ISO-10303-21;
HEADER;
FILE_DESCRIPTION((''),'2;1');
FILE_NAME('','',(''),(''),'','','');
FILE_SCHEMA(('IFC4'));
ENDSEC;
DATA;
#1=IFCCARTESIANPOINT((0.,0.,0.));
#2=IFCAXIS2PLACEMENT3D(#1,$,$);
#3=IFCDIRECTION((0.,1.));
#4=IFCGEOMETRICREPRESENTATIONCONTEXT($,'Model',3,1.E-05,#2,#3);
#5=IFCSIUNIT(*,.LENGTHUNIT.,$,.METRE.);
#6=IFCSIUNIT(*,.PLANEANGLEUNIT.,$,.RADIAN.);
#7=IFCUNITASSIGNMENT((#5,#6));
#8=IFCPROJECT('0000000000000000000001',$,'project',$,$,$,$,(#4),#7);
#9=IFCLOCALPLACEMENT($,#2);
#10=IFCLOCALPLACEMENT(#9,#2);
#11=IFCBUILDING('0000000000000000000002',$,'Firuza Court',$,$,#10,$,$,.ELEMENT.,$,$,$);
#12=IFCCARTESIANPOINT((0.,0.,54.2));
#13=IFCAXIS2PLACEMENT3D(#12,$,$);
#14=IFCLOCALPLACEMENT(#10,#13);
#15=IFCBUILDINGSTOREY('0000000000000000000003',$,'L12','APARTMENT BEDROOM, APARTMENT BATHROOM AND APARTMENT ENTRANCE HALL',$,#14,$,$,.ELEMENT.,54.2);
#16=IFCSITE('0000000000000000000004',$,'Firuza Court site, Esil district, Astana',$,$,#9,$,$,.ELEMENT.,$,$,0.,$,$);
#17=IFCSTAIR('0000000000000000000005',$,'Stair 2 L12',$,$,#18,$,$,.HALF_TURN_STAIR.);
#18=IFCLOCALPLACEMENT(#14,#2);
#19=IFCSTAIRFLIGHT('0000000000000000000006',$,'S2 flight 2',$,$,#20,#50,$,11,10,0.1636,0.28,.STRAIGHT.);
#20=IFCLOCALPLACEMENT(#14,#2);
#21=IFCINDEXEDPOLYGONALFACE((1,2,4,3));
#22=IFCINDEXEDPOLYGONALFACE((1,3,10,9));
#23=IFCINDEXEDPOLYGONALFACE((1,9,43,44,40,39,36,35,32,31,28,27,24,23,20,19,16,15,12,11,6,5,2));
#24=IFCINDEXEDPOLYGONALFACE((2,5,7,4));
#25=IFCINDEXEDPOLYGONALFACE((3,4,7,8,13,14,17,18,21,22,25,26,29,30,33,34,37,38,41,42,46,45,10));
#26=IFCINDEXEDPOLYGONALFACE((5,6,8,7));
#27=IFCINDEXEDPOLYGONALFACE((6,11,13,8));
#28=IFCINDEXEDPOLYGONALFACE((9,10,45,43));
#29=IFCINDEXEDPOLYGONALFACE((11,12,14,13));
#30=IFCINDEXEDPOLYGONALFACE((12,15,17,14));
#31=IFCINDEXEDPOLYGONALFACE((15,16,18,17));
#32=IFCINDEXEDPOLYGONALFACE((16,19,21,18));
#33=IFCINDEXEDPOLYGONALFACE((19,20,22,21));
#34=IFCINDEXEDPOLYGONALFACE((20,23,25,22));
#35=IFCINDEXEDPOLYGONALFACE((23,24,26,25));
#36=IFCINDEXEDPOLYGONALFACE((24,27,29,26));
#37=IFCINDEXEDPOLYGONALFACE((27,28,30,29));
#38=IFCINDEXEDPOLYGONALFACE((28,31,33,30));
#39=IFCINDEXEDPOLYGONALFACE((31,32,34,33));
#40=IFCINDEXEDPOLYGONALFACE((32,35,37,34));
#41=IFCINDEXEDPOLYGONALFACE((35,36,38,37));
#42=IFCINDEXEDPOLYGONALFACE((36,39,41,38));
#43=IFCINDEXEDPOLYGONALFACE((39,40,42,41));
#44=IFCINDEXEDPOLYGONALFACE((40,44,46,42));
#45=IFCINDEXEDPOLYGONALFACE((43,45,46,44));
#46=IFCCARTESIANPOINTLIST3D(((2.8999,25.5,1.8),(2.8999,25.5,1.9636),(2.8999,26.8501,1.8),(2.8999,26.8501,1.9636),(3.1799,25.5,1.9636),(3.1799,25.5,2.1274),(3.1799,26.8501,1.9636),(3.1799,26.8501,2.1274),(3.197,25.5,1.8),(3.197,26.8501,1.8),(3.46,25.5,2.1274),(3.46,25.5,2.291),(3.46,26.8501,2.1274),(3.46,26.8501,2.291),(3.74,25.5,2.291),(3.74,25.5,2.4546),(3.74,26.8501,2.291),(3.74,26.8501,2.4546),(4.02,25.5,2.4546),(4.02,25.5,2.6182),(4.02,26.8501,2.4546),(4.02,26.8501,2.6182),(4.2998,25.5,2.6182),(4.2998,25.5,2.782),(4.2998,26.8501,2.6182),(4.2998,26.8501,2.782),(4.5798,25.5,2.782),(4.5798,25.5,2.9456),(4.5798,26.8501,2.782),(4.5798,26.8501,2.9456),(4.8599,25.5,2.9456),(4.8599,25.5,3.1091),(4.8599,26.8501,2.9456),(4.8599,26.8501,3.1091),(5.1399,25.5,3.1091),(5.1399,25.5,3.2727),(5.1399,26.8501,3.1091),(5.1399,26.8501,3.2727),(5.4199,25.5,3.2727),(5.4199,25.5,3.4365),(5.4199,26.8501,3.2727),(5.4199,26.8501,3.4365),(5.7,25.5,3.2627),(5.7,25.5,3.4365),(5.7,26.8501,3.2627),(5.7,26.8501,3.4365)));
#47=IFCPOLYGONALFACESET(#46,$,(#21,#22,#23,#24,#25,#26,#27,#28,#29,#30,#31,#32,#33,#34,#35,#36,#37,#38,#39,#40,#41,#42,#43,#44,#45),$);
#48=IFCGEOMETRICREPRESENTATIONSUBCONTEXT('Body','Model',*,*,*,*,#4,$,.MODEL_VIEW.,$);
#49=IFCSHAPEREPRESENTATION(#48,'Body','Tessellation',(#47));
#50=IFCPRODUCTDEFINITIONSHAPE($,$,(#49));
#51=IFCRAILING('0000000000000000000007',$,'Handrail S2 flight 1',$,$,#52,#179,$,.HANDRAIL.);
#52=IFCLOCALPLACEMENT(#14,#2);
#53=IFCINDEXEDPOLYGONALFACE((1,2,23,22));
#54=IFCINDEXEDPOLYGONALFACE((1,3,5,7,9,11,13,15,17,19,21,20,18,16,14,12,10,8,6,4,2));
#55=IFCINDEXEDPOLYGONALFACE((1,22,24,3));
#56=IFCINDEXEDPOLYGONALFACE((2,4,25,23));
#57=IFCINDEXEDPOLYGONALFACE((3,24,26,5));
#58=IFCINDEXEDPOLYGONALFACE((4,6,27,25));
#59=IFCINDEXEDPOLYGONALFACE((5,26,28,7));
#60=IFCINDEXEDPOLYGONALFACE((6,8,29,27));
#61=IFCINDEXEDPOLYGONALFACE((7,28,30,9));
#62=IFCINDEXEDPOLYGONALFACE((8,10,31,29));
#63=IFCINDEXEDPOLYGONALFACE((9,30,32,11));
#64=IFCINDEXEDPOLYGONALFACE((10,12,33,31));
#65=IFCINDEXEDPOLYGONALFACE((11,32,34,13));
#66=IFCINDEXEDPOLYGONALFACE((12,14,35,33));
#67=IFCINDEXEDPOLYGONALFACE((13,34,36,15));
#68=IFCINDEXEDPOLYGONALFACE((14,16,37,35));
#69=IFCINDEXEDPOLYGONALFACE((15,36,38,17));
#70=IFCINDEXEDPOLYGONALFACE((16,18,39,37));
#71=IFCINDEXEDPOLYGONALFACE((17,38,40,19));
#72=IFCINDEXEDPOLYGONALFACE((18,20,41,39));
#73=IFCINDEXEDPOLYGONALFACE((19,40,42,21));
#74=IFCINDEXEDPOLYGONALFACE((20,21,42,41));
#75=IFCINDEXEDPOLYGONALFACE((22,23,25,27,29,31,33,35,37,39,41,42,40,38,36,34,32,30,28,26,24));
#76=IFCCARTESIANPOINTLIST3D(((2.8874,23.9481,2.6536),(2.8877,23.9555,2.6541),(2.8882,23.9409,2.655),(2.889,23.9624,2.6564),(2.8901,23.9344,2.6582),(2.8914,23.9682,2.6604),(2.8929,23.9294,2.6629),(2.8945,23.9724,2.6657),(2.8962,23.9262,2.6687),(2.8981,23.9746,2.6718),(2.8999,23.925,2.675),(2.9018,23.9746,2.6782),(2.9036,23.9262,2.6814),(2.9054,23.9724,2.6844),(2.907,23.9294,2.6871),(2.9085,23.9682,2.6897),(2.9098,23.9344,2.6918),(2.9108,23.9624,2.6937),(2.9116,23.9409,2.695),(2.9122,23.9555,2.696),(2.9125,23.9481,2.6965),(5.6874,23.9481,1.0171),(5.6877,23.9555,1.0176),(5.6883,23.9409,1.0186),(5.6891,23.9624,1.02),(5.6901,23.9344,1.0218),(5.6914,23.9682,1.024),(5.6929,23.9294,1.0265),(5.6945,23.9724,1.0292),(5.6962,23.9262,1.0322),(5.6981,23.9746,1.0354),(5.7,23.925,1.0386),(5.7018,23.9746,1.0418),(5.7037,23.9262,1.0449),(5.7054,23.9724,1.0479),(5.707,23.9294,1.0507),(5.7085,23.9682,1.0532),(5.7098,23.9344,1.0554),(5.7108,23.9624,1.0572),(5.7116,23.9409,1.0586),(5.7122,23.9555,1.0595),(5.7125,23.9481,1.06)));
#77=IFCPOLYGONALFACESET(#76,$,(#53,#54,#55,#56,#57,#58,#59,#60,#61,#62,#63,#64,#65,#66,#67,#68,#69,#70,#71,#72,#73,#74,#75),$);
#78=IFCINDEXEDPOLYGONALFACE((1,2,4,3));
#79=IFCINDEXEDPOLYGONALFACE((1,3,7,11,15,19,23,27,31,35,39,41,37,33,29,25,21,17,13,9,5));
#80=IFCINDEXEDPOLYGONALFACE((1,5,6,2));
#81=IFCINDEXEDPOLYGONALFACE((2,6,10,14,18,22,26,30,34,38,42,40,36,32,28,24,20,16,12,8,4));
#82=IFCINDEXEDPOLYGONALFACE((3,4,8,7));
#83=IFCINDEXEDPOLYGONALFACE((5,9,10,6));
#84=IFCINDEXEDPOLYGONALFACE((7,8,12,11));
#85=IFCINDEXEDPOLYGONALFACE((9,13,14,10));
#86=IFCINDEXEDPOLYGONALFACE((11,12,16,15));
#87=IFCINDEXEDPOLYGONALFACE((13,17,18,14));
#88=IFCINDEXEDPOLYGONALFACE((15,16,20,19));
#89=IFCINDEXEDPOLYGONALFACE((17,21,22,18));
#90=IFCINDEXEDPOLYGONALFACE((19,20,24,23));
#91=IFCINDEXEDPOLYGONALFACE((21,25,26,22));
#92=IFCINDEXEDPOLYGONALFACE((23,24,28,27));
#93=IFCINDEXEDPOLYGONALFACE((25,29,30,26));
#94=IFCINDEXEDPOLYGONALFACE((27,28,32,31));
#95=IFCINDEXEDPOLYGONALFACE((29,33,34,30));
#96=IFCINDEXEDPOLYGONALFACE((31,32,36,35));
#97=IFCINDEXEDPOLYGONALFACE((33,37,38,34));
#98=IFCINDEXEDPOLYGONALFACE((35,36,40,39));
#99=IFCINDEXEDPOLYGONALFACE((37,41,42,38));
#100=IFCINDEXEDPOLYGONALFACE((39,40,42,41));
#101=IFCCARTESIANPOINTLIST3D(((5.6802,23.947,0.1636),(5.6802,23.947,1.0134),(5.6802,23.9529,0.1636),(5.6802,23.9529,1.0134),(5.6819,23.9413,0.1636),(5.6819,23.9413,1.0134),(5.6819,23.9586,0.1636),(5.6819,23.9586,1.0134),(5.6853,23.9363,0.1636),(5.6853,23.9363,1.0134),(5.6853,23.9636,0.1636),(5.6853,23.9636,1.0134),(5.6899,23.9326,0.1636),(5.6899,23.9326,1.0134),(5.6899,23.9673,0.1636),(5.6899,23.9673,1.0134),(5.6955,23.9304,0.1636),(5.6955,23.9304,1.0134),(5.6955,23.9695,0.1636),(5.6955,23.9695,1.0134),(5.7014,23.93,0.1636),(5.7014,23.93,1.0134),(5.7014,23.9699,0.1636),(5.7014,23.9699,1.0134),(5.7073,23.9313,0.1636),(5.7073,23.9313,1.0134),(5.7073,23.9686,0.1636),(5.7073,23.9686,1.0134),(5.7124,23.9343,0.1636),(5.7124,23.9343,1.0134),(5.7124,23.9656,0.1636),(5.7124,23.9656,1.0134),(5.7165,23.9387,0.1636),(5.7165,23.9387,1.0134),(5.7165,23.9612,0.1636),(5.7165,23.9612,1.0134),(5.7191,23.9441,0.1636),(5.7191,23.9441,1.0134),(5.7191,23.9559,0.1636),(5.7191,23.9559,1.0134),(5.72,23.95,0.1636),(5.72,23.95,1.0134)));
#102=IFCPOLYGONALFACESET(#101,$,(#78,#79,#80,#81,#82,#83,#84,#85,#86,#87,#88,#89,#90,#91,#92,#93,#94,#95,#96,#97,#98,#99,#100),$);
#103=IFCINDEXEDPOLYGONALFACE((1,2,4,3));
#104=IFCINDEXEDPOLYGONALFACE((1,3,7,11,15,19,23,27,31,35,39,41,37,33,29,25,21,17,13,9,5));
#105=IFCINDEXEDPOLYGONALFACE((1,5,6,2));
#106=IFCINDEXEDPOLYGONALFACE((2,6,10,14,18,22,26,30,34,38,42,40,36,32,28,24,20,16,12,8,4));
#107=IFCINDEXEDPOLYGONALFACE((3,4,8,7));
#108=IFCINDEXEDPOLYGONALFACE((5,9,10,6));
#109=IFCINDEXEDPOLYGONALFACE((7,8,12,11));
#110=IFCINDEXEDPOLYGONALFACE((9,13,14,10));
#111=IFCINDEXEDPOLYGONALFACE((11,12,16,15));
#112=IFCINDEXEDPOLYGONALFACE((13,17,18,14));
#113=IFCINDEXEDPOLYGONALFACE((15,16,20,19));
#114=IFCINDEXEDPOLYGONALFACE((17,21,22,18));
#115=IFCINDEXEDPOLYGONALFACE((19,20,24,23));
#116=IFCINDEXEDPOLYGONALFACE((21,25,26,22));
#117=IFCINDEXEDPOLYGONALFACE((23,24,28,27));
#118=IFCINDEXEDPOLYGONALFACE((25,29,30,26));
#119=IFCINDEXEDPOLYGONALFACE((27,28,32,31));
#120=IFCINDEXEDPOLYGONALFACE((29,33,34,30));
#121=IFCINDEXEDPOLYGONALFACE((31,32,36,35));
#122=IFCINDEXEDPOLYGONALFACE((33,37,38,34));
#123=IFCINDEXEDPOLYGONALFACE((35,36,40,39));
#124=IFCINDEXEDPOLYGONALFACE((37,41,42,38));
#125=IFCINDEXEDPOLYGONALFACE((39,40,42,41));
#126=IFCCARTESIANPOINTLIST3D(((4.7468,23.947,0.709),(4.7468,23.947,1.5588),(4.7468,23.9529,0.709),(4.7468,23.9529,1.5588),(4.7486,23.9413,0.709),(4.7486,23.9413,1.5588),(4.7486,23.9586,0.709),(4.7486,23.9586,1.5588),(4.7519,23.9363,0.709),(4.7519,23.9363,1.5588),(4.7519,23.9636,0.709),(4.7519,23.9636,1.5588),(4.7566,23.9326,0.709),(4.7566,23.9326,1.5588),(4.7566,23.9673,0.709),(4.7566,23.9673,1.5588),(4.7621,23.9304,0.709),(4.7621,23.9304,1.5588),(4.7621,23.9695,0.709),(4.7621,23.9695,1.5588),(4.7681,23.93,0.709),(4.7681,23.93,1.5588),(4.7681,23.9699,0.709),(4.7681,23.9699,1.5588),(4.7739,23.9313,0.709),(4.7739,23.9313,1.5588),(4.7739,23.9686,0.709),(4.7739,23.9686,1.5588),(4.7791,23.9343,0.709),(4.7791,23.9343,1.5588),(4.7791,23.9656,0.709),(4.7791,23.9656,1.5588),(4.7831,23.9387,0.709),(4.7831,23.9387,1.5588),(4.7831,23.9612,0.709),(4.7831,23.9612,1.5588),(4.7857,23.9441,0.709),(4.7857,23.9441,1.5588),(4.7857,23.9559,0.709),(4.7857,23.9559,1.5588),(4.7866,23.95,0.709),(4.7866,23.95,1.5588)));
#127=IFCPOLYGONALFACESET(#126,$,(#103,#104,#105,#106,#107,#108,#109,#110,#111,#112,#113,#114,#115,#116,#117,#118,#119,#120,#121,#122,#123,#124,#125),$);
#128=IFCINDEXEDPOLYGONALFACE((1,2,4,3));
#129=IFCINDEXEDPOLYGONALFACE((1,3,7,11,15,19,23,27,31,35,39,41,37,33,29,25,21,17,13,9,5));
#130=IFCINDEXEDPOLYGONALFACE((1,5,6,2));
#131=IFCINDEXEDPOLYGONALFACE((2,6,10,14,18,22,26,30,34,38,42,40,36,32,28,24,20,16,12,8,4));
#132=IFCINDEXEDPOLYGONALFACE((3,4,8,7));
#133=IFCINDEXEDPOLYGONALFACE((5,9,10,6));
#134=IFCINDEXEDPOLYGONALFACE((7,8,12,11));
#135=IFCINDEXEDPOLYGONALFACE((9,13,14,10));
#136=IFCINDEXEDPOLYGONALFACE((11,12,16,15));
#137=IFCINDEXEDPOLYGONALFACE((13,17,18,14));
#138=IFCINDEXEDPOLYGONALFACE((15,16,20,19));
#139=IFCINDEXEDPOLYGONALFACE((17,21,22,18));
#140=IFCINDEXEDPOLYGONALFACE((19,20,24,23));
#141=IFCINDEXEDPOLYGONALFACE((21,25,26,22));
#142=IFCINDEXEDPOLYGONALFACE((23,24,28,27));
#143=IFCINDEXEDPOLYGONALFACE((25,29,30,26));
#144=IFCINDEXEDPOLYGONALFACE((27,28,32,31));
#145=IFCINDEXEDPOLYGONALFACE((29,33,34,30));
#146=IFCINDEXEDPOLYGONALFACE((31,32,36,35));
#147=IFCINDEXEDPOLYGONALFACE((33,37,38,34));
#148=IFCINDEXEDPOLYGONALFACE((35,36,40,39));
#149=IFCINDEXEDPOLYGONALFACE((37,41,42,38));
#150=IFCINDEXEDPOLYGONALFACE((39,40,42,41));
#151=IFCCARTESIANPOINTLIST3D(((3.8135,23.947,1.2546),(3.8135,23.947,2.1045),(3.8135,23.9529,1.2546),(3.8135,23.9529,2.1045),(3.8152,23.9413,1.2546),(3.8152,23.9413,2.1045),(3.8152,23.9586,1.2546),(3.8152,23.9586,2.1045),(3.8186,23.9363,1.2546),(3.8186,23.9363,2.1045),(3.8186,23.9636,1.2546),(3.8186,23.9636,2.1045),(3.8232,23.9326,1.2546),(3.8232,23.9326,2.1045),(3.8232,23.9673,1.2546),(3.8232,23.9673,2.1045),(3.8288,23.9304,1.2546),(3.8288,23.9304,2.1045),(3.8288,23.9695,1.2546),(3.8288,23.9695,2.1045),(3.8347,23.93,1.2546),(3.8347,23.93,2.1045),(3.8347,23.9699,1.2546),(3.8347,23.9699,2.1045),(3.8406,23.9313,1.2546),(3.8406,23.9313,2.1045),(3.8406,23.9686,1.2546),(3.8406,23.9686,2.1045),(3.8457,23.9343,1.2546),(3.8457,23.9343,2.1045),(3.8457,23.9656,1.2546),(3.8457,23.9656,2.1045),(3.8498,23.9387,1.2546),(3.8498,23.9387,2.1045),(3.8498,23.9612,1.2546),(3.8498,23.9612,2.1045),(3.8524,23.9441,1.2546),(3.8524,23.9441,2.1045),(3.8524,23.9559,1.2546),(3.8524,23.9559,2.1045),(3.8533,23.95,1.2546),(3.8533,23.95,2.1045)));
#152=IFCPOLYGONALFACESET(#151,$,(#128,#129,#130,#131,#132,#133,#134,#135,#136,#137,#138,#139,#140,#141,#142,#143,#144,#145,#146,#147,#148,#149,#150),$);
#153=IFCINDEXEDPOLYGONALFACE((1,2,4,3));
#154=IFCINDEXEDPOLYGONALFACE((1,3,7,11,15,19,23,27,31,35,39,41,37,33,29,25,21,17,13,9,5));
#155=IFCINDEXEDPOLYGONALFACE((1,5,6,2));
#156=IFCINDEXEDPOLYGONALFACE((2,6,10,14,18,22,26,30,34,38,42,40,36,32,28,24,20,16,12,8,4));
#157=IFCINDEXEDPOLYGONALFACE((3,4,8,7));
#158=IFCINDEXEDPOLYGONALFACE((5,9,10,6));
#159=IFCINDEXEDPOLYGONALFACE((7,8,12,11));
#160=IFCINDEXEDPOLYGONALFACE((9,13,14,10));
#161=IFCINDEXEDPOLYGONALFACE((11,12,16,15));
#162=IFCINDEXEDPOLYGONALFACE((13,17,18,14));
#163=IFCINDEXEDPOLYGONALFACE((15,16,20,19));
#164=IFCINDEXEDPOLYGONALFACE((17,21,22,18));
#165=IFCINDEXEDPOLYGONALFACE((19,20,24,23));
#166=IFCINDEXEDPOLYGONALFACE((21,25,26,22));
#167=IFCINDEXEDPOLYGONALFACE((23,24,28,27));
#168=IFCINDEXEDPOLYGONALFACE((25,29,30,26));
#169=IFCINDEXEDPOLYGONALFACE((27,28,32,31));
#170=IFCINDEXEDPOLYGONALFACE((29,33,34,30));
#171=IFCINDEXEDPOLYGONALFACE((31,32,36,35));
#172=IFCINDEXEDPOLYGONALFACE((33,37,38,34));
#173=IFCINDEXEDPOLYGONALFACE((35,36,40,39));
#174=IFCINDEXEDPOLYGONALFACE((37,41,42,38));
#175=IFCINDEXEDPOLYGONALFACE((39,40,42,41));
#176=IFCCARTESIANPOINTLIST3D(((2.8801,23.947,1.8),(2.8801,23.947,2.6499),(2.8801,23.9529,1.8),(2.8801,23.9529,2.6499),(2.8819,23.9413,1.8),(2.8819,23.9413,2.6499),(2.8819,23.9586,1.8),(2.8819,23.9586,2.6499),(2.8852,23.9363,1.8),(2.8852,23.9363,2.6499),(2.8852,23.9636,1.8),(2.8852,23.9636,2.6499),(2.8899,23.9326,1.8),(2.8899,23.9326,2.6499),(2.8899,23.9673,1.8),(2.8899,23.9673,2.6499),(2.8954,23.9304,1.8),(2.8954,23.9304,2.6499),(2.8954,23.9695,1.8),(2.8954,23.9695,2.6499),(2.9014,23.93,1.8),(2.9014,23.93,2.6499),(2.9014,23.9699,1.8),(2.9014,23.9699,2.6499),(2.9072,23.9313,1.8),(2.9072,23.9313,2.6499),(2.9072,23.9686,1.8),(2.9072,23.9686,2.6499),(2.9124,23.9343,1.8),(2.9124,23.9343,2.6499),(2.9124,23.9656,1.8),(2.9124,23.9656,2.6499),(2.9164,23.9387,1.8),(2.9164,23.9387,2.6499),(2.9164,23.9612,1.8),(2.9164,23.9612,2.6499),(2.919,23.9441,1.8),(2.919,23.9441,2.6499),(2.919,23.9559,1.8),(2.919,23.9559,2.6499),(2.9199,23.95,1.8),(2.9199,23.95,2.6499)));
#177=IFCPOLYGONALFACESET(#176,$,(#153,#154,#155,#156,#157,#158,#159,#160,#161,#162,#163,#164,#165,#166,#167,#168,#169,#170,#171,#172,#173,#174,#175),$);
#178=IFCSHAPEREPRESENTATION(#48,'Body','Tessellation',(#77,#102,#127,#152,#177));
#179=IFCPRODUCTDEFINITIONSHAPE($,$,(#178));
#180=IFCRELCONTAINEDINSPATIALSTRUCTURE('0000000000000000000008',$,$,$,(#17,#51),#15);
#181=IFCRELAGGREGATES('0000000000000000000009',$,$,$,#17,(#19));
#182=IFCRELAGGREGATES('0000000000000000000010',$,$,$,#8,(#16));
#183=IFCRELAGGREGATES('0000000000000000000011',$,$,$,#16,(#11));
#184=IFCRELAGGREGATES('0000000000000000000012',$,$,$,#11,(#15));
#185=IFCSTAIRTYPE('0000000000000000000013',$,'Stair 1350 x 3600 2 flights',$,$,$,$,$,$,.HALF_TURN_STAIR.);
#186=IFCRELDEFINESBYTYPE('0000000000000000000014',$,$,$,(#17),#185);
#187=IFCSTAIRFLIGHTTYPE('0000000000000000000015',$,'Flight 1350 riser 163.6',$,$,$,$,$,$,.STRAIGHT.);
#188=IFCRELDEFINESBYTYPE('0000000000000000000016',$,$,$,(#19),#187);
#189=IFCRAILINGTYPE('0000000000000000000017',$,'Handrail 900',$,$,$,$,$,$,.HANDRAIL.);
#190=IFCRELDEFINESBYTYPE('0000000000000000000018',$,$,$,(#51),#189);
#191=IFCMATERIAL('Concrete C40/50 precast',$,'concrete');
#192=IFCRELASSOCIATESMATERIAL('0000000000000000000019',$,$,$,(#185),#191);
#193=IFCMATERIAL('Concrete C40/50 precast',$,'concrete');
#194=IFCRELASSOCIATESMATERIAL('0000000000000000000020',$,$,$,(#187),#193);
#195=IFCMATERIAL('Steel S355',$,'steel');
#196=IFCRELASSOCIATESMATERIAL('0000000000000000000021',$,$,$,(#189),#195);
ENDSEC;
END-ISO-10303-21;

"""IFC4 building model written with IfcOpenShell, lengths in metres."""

from ifc_helpers import new_model, si_unit, direction, frame, origin, origin_2d, place, context, subcontext, project, spatial, polyline, circle, outline, extrude, material, type_object, element, aggregate, save


model = new_model("IFC4")

# Units and contexts
model_context = context("Model", 3, precision=1e-05, world=origin(), true_north=direction((0.0, 1.0)))
body_context = subcontext(model_context, "Body", "Model", "MODEL_VIEW")
ifc_project = project(units=[si_unit("LENGTHUNIT", "METRE"), si_unit("PLANEANGLEUNIT", "RADIAN")], contexts=[model_context])

# Site, building, storey
site_placement = place(None, origin())
site = spatial("IfcSite", under=ifc_project, at=site_placement, Name="Firuza Court site, Esil district, Astana", CompositionType="ELEMENT", RefElevation=0.0)
building_placement = place(site_placement, origin())
building = spatial("IfcBuilding", under=site, at=building_placement, Name="Firuza Court", CompositionType="ELEMENT")
storey_placement = place(building_placement, frame((0.0, 0.0, 54.2)))
storey = spatial("IfcBuildingStorey", under=building, at=storey_placement, Name="L12", Description="APARTMENT BEDROOM, APARTMENT BATHROOM AND APARTMENT ENTRANCE HALL", CompositionType="ELEMENT", Elevation=54.2)

# Stair, stair flight
ifc_material_1 = material(Name="Concrete C40/50 precast", Category="concrete")
stair_type = type_object("IfcStairType", Name="Stair 1350 x 3600 2 flights", PredefinedType="HALF_TURN_STAIR", material=ifc_material_1)
stair_placement = place(storey_placement, origin())
stair = element("IfcStair", 1, at=stair_placement, inside=storey, type_object=stair_type, Name="Stair 2 L12", PredefinedType="HALF_TURN_STAIR")
ifc_material_2 = material(Name="Concrete C40/50 precast", Category="concrete")
stair_flight_type = type_object("IfcStairFlightType", Name="Flight 1350 riser 163.6", PredefinedType="STRAIGHT", material=ifc_material_2)
stair_flight_1_placement = place(storey_placement, frame((2.8999, 26.175, 1.8), z_axis=(0.0, 0.0, 1.0), x_axis=(1.0, 0.0, 0.0)))
stair_flight_1 = element("IfcStairFlight", 2, at=stair_flight_1_placement, type_object=stair_flight_type, Name="S2 flight 2", NumberOfRisers=11, NumberOfTreads=10, PredefinedType="STRAIGHT", RiserHeight=0.1636, TreadLength=0.28, context=body_context, shape_type="SweptSolid", body=[
    extrude(outline(polyline([(0.0, 0.0), (0.0, 0.1636), (0.28, 0.1636), (0.28, 0.3274), (0.5601, 0.3274), (0.5601, 0.491), (0.8401, 0.491), (0.8401, 0.6545), (1.1201, 0.6545), (1.1201, 0.8181), (1.3999, 0.8181), (1.3999, 0.9819), (1.6799, 0.9819), (1.6799, 1.1455), (1.96, 1.1455), (1.96, 1.3091), (2.24, 1.3091), (2.24, 1.4727), (2.52, 1.4727), (2.52, 1.6365), (2.8, 1.6365), (2.8, 1.8), (2.8, 1.4626), (0.2971, 0.0), (0.0, 0.0)])), frame((0.0, 0.675, 0.0), z_axis=(0.0, -1.0, 0.0), x_axis=(1.0, 0.0, 0.0)), (0.0, 0.0, 1.0), 1.3501),
])
aggregate(stair, [stair_flight_1])

# Railing
ifc_material_3 = material(Name="Steel S355", Category="steel")
railing_type_1 = type_object("IfcRailingType", Name="Handrail 900", PredefinedType="HANDRAIL", material=ifc_material_3)
railing_1_placement = place(storey_placement, frame((5.7, 23.95, 0.1636)))
element("IfcRailing", 3, at=railing_1_placement, inside=storey, type_object=railing_type_1, Name="Handrail S2 flight 1", PredefinedType="HANDRAIL", context=body_context, shape_type="SweptSolid", body=[
    extrude(circle(Radius=0.0249, at=origin_2d()), frame((0.0, 0.0, 0.875), z_axis=(-0.863361, 0.0, 0.504587), x_axis=(0.0, -1.0, 0.0)), (0.0, 0.0, 1.0), 3.2432),
    extrude(circle(Radius=0.02, at=origin_2d()), origin(), (0.0, 0.0, 1.0), 0.8499),
    extrude(circle(Radius=0.02, at=origin_2d()), frame((-0.9333, 0.0, 0.5454)), (0.0, 0.0, 1.0), 0.8499),
    extrude(circle(Radius=0.02, at=origin_2d()), frame((-1.8667, 0.0, 1.0911)), (0.0, 0.0, 1.0), 0.8499),
    extrude(circle(Radius=0.02, at=origin_2d()), frame((-2.8, 0.0, 1.6365)), (0.0, 0.0, 1.0), 0.8499),
])

save(model, "model.ifc")
